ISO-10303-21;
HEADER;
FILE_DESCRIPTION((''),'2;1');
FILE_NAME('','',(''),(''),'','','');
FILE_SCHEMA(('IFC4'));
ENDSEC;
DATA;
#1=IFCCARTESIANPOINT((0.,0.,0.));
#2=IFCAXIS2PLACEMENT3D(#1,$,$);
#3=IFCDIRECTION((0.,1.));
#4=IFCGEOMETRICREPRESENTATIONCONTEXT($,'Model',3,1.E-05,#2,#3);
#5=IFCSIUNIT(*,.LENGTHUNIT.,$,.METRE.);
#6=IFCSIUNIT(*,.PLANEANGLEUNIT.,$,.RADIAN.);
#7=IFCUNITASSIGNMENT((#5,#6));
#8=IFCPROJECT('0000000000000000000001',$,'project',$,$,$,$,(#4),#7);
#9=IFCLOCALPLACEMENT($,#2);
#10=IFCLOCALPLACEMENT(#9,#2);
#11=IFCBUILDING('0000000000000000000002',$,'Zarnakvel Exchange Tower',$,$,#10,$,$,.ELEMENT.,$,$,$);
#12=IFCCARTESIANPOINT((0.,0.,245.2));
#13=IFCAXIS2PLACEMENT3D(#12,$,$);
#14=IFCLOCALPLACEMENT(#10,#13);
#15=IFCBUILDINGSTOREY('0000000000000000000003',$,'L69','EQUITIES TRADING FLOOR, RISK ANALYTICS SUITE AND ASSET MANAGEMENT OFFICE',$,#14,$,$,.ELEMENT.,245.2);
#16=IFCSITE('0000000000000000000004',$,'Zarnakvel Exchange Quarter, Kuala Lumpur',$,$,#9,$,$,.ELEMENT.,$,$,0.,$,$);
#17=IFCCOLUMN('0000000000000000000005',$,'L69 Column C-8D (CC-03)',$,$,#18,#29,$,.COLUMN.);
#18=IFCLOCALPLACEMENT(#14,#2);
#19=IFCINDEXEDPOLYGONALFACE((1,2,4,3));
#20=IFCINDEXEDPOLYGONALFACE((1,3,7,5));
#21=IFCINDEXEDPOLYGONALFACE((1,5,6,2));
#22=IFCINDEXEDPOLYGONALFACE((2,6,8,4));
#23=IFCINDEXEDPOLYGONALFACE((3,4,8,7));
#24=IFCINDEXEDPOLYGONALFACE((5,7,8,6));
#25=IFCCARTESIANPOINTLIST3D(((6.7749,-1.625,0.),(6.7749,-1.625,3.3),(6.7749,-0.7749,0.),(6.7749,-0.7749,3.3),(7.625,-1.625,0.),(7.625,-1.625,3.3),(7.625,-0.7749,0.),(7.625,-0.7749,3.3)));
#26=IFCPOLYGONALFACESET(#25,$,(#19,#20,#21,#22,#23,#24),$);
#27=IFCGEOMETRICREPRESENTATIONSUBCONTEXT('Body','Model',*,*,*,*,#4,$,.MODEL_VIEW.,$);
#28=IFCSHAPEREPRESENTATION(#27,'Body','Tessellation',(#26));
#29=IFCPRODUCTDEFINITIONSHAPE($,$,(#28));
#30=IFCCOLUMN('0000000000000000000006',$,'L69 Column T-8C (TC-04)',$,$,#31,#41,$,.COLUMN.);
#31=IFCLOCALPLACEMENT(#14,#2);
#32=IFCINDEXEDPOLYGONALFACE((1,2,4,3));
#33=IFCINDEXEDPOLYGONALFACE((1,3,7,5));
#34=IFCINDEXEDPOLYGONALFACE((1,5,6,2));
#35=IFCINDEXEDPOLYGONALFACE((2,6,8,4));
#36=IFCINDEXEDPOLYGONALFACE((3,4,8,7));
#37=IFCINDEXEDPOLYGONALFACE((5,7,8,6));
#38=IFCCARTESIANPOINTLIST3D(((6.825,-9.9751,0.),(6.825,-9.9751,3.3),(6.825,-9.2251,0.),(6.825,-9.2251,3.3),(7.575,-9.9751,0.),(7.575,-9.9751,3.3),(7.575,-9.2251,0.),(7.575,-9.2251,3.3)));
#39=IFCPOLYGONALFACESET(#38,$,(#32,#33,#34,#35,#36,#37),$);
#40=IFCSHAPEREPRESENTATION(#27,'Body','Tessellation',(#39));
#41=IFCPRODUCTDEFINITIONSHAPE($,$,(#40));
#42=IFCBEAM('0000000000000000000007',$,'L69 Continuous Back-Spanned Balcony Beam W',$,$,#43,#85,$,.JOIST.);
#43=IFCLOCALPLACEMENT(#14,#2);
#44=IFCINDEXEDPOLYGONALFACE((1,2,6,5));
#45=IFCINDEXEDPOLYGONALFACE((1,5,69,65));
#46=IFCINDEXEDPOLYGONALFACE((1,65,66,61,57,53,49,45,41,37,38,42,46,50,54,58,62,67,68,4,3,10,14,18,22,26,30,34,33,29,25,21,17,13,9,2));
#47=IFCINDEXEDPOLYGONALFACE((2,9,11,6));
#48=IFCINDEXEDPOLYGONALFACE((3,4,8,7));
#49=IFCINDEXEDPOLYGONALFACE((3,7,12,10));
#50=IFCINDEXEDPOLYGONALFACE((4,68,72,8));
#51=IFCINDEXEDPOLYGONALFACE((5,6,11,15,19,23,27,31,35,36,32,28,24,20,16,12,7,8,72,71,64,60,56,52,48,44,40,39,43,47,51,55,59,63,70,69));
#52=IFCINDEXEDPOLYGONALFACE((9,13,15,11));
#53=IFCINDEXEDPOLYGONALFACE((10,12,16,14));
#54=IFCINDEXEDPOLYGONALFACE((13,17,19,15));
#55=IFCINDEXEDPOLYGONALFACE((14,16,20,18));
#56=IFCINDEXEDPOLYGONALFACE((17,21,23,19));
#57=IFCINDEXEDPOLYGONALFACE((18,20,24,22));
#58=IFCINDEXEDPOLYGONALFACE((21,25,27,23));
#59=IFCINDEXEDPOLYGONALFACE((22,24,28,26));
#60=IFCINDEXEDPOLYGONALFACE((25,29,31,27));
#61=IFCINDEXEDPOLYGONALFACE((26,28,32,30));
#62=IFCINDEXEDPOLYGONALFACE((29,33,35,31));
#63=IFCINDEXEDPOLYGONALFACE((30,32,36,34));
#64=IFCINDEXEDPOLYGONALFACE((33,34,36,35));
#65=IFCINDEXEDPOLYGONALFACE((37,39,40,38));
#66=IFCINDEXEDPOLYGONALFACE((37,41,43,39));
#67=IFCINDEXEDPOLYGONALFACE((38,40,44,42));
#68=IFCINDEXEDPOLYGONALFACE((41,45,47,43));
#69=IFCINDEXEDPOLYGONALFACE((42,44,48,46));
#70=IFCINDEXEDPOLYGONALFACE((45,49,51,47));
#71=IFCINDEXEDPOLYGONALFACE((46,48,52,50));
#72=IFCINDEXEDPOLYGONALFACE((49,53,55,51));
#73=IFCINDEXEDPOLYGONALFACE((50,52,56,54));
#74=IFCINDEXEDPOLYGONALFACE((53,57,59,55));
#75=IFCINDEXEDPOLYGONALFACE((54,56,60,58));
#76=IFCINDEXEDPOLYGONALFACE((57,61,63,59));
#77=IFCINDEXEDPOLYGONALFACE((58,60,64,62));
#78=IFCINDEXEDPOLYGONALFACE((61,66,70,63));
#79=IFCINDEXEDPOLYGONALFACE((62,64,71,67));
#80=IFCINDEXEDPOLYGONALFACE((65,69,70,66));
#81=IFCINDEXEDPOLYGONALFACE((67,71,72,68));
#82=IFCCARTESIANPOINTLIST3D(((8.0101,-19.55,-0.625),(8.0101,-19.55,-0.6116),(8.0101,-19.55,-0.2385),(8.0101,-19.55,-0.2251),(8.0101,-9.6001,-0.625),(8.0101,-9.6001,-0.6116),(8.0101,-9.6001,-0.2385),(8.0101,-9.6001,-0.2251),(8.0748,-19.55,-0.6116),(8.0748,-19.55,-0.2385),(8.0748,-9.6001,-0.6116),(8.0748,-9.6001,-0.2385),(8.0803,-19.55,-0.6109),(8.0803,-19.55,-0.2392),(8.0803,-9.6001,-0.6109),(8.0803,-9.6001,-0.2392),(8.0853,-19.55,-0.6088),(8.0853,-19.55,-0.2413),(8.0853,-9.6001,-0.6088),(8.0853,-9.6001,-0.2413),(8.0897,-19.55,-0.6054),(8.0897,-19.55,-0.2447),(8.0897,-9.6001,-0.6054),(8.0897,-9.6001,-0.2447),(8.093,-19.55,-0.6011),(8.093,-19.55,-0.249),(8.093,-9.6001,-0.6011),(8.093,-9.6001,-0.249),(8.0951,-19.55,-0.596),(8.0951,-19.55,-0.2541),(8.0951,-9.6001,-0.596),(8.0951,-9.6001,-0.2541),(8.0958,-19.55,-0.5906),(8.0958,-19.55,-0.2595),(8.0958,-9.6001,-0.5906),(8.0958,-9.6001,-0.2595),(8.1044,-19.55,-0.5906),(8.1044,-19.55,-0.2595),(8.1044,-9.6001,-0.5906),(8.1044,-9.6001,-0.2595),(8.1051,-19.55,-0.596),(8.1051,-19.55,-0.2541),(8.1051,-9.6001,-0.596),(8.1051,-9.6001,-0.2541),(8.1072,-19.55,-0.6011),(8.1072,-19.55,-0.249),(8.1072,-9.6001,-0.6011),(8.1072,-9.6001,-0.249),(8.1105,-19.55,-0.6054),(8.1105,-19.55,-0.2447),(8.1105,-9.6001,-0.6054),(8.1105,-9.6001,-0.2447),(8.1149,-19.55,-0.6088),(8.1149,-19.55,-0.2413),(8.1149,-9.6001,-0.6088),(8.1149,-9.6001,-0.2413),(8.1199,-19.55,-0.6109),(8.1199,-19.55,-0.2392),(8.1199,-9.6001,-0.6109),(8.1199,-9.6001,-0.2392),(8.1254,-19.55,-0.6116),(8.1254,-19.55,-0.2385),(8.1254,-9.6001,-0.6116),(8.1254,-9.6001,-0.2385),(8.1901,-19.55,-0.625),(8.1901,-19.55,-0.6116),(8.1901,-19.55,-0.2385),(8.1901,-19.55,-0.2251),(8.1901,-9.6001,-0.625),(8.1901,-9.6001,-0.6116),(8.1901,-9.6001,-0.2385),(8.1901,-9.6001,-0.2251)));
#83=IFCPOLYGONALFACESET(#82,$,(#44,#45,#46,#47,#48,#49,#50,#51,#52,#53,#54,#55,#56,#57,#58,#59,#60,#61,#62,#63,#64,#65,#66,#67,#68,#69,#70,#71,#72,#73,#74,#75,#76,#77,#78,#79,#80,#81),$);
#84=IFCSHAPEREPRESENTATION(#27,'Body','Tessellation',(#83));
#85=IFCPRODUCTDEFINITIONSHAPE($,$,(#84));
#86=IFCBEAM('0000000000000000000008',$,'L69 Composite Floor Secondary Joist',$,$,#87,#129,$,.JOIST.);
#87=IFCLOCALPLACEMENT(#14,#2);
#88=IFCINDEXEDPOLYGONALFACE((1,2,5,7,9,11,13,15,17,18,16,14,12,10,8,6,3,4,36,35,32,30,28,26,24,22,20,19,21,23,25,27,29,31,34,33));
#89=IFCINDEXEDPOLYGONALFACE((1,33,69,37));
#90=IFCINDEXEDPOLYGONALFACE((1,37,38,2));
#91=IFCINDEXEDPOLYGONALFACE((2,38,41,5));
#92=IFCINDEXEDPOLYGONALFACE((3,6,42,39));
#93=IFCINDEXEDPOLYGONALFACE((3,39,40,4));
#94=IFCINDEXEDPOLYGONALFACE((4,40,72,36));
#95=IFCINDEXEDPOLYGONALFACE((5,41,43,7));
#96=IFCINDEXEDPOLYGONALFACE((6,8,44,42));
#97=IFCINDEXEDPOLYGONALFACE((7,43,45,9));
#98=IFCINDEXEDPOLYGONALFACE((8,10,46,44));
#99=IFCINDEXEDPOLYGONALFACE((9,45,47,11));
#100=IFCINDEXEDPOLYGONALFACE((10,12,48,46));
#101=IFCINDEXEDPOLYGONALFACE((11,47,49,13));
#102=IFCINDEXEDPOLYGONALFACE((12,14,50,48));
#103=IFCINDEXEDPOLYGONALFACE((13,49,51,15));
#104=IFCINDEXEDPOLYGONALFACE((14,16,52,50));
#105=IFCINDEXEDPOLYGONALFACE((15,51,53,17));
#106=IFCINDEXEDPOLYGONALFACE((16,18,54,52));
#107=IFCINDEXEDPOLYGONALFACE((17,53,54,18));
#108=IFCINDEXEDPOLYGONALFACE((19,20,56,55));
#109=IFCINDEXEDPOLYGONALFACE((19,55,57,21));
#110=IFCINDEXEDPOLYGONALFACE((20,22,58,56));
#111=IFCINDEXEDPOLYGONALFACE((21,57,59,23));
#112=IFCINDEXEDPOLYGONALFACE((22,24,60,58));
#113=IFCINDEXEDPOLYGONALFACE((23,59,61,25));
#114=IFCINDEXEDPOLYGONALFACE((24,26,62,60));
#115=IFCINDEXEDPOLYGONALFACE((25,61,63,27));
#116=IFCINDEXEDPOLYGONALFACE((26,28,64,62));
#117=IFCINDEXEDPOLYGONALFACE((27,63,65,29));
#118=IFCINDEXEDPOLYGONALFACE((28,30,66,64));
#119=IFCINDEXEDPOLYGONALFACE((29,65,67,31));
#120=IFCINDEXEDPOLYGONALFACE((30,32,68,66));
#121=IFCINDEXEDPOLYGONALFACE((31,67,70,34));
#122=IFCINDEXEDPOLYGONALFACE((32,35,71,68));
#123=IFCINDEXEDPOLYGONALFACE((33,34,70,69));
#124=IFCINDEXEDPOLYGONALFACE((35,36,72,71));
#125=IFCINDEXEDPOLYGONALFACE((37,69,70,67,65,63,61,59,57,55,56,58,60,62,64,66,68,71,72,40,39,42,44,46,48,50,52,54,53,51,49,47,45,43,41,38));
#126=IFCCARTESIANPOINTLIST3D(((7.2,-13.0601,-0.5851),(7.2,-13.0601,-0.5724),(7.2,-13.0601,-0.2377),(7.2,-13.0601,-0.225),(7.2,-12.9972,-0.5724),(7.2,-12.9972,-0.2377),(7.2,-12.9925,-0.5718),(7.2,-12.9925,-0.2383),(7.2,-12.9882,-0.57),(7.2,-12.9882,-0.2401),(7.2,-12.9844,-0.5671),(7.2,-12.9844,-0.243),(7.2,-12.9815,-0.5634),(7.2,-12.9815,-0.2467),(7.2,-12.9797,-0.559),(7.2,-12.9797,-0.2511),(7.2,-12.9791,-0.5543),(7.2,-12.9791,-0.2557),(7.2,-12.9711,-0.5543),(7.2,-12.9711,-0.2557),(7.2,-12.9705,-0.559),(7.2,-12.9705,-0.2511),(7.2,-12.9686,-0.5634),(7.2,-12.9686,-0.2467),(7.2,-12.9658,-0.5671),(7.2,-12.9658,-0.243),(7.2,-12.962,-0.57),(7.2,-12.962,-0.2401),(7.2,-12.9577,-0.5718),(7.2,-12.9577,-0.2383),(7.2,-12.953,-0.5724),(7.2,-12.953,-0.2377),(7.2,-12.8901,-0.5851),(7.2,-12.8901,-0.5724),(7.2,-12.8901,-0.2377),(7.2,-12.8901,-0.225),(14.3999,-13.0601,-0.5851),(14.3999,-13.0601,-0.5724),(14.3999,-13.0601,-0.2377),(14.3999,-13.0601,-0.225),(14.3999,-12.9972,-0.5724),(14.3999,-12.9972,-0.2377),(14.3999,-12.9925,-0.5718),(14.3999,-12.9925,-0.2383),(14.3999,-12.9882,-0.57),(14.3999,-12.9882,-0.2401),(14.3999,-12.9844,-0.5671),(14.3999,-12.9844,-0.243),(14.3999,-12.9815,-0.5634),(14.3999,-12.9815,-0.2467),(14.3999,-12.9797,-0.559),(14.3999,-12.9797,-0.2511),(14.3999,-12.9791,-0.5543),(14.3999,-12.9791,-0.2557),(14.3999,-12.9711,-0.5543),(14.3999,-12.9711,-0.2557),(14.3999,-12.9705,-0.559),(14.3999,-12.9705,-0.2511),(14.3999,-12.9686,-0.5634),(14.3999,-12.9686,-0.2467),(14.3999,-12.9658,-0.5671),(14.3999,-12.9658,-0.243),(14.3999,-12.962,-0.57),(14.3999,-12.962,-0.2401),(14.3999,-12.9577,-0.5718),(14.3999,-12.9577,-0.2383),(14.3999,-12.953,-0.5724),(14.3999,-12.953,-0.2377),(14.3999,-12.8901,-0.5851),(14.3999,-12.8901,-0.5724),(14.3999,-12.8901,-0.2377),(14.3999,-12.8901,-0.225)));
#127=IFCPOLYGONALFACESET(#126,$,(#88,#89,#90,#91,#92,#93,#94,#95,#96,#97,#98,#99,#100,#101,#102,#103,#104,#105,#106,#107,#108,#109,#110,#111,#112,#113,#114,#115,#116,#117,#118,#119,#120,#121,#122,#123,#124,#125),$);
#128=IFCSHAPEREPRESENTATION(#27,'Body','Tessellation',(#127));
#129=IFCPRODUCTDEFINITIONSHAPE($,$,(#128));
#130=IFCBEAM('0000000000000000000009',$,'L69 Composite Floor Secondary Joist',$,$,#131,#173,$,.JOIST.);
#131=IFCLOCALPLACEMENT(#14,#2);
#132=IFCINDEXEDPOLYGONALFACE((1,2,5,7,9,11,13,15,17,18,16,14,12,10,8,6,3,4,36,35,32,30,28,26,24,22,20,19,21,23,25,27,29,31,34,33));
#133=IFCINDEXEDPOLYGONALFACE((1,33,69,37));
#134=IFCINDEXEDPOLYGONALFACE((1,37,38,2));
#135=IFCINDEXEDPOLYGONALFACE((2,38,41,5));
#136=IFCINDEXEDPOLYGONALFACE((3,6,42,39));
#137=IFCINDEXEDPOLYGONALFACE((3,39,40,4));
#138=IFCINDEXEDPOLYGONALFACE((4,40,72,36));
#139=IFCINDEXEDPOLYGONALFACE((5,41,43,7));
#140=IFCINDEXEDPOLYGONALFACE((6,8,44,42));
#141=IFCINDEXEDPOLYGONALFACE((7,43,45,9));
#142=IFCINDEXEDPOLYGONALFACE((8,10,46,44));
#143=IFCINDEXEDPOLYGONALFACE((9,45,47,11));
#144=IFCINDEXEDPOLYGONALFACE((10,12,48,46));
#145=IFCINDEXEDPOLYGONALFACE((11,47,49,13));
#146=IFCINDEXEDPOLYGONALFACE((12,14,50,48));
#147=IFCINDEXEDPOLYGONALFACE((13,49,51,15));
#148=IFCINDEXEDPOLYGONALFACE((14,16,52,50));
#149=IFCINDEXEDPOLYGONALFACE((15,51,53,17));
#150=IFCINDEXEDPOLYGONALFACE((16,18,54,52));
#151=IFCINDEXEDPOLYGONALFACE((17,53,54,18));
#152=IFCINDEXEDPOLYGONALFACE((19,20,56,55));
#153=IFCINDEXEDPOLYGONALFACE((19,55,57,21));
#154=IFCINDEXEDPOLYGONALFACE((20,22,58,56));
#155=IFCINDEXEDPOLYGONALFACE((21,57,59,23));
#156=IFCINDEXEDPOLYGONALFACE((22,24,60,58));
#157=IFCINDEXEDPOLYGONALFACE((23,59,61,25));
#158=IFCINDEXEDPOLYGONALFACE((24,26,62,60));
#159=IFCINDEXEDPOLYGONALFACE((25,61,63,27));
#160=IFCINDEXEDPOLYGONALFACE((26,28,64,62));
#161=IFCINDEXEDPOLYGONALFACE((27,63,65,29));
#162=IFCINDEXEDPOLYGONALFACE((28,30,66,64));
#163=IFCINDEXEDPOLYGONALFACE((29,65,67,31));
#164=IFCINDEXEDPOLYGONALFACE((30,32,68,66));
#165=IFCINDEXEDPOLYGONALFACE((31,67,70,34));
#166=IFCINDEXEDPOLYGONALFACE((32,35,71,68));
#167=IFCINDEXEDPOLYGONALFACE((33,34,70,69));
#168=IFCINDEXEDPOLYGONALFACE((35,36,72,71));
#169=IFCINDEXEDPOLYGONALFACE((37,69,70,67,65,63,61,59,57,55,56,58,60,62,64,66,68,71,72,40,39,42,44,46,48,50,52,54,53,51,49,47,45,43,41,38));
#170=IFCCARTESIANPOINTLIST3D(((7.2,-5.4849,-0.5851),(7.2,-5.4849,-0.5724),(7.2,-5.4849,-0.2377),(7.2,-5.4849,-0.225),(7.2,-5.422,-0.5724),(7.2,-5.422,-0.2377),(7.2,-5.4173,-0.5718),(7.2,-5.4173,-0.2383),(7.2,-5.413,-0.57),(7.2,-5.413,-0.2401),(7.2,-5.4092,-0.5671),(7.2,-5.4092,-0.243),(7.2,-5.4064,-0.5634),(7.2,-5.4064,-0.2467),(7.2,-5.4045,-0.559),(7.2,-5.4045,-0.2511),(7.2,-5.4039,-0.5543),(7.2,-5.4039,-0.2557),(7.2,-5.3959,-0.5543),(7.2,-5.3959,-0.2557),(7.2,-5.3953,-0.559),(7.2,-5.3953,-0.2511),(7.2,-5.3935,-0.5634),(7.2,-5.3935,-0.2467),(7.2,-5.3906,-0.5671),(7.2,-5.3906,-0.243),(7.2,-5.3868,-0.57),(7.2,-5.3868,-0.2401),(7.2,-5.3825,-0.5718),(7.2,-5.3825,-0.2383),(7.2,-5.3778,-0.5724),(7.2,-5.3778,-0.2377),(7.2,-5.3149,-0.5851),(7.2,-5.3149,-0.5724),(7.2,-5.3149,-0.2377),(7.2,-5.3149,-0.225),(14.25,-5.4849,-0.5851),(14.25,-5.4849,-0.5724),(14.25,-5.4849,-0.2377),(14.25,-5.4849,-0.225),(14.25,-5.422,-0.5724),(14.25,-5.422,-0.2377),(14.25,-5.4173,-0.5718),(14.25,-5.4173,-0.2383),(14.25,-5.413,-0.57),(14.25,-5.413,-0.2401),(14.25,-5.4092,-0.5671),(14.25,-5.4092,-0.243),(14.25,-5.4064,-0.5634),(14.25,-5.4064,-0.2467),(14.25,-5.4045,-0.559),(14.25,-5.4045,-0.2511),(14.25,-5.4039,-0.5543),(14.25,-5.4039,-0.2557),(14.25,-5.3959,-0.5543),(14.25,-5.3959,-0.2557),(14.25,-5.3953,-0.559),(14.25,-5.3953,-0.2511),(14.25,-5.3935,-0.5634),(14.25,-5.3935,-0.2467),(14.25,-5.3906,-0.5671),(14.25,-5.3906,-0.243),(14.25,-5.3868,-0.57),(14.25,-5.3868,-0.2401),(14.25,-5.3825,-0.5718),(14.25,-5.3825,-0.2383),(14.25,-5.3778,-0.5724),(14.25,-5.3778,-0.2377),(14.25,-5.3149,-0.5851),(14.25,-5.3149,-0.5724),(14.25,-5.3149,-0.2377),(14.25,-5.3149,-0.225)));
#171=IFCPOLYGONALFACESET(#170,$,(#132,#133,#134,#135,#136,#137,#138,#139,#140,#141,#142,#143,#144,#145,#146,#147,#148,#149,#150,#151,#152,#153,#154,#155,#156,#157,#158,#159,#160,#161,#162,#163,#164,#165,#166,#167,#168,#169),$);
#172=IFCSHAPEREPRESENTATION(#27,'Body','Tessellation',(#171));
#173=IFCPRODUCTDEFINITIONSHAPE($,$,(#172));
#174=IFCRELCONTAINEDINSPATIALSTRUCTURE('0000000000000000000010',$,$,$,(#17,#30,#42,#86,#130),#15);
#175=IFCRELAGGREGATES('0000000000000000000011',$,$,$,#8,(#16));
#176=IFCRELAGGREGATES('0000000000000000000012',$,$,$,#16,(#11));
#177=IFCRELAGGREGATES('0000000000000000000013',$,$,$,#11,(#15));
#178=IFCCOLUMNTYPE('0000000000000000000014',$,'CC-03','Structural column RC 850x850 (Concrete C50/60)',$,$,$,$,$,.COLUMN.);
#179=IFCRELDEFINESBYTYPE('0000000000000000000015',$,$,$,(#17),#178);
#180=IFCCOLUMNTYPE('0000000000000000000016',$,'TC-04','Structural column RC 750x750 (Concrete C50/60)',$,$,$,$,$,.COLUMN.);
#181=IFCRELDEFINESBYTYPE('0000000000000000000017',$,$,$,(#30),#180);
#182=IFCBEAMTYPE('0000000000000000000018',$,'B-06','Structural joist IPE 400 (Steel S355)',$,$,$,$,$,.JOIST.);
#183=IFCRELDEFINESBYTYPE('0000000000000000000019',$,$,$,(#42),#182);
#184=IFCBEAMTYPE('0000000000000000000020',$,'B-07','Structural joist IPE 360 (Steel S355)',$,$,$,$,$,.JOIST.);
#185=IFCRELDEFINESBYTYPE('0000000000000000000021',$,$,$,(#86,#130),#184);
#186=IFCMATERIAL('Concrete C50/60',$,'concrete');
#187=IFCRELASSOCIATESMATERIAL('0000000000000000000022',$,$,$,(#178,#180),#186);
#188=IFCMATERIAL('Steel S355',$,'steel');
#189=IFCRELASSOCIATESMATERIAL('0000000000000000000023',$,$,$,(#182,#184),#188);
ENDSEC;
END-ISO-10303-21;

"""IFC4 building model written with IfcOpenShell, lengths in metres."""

from ifc_helpers import new_model, si_unit, direction, frame, origin, origin_2d, place, context, subcontext, project, spatial, rectangle, i_section, extrude, material, material_profile, profile_set, type_object, element, save


model = new_model("IFC4")

# Units and contexts
model_context = context("Model", 3, precision=1e-05, world=origin(), true_north=direction((0.0, 1.0)))
body_context = subcontext(model_context, "Body", "Model", "MODEL_VIEW")
ifc_project = project(units=[si_unit("LENGTHUNIT", "METRE"), si_unit("PLANEANGLEUNIT", "RADIAN")], contexts=[model_context])

# Site, building, storey
site_placement = place(None, origin())
site = spatial("IfcSite", under=ifc_project, at=site_placement, Name="Zarnakvel Exchange Quarter, Kuala Lumpur", CompositionType="ELEMENT", RefElevation=0.0)
building_placement = place(site_placement, origin())
building = spatial("IfcBuilding", under=site, at=building_placement, Name="Zarnakvel Exchange Tower", CompositionType="ELEMENT")
storey_placement = place(building_placement, frame((0.0, 0.0, 245.2)))
storey = spatial("IfcBuildingStorey", under=building, at=storey_placement, Name="L69", Description="EQUITIES TRADING FLOOR, RISK ANALYTICS SUITE AND ASSET MANAGEMENT OFFICE", CompositionType="ELEMENT", Elevation=245.2)

# Columns
ifc_material_1 = material(Name="Concrete C50/60", Category="concrete")
ifc_material_profile_1 = material_profile(ifc_material_1, rectangle(XDim=0.8501, YDim=0.8501, at=origin_2d()))
ifc_profile_set_1 = profile_set([ifc_material_profile_1], Name="Concrete C50/60")
column_type_1 = type_object("IfcColumnType", Name="CC-03", Description="Structural column RC 850x850 (Concrete C50/60)", PredefinedType="COLUMN", material=ifc_profile_set_1)
column_1_placement = place(storey_placement, frame((7.2, -1.2, 0.0), z_axis=(0.0, 0.0, 1.0), x_axis=(1.0, 0.0, 0.0)))
element("IfcColumn", 1, at=column_1_placement, inside=storey, type_object=column_type_1, Name="L69 Column C-8D (CC-03)", PredefinedType="COLUMN", context=body_context, shape_type="SweptSolid", body=[
    extrude(rectangle(XDim=0.8501, YDim=0.8501, at=origin_2d()), origin(), (0.0, 0.0, 1.0), 3.3),
])
ifc_material_profile_2 = material_profile(ifc_material_1, rectangle(XDim=0.75, YDim=0.75, at=origin_2d()))
ifc_profile_set_2 = profile_set([ifc_material_profile_2], Name="Concrete C50/60")
column_type_2 = type_object("IfcColumnType", Name="TC-04", Description="Structural column RC 750x750 (Concrete C50/60)", PredefinedType="COLUMN", material=ifc_profile_set_2)
column_2_placement = place(storey_placement, frame((7.2, -9.6001, 0.0), z_axis=(0.0, 0.0, 1.0), x_axis=(1.0, 0.0, 0.0)))
element("IfcColumn", 2, at=column_2_placement, inside=storey, type_object=column_type_2, Name="L69 Column T-8C (TC-04)", PredefinedType="COLUMN", context=body_context, shape_type="SweptSolid", body=[
    extrude(rectangle(XDim=0.75, YDim=0.75, at=origin_2d()), origin(), (0.0, 0.0, 1.0), 3.3),
])

# Beams
ifc_material_2 = material(Name="Steel S355", Category="steel")
ifc_material_profile_3 = material_profile(ifc_material_2, i_section(OverallWidth=0.1799, OverallDepth=0.3999, WebThickness=0.0085, FlangeThickness=0.0134, FilletRadius=0.021, at=origin_2d()))
ifc_profile_set_3 = profile_set([ifc_material_profile_3], Name="Steel S355")
beam_type_1 = type_object("IfcBeamType", Name="B-06", Description="Structural joist IPE 400 (Steel S355)", PredefinedType="JOIST", material=ifc_profile_set_3)
beam_1_placement = place(storey_placement, frame((8.1001, -9.6001, -0.425), z_axis=(0.0, -1.0, 0.0), x_axis=(1.0, 0.0, 0.0)))
element("IfcBeam", 3, at=beam_1_placement, inside=storey, type_object=beam_type_1, Name="L69 Continuous Back-Spanned Balcony Beam W", PredefinedType="JOIST", context=body_context, shape_type="SweptSolid", body=[
    extrude(i_section(OverallWidth=0.1799, OverallDepth=0.3999, WebThickness=0.0085, FlangeThickness=0.0134, FilletRadius=0.021, at=origin_2d()), origin(), (0.0, 0.0, 1.0), 9.95),
])
ifc_material_profile_4 = material_profile(ifc_material_2, i_section(OverallWidth=0.1699, OverallDepth=0.3601, WebThickness=0.0081, FlangeThickness=0.0127, FilletRadius=0.0181, at=origin_2d()))
ifc_profile_set_4 = profile_set([ifc_material_profile_4], Name="Steel S355")
beam_type_2 = type_object("IfcBeamType", Name="B-07", Description="Structural joist IPE 360 (Steel S355)", PredefinedType="JOIST", material=ifc_profile_set_4)
beam_2_placement = place(storey_placement, frame((7.2, -12.9751, -0.405), z_axis=(1.0, 0.0, 0.0), x_axis=(0.0, 1.0, 0.0)))
element("IfcBeam", 4, at=beam_2_placement, inside=storey, type_object=beam_type_2, Name="L69 Composite Floor Secondary Joist", PredefinedType="JOIST", context=body_context, shape_type="SweptSolid", body=[
    extrude(i_section(OverallWidth=0.1699, OverallDepth=0.3601, WebThickness=0.0081, FlangeThickness=0.0127, FilletRadius=0.0181, at=origin_2d()), origin(), (0.0, 0.0, 1.0), 7.2),
])
beam_3_placement = place(storey_placement, frame((7.2, -5.3999, -0.405), z_axis=(1.0, 0.0, 0.0), x_axis=(0.0, 1.0, 0.0)))
element("IfcBeam", 5, at=beam_3_placement, inside=storey, type_object=beam_type_2, Name="L69 Composite Floor Secondary Joist", PredefinedType="JOIST", context=body_context, shape_type="SweptSolid", body=[
    extrude(i_section(OverallWidth=0.1699, OverallDepth=0.3601, WebThickness=0.0081, FlangeThickness=0.0127, FilletRadius=0.0181, at=origin_2d()), origin(), (0.0, 0.0, 1.0), 7.05),
])

save(model, "model.ifc")
